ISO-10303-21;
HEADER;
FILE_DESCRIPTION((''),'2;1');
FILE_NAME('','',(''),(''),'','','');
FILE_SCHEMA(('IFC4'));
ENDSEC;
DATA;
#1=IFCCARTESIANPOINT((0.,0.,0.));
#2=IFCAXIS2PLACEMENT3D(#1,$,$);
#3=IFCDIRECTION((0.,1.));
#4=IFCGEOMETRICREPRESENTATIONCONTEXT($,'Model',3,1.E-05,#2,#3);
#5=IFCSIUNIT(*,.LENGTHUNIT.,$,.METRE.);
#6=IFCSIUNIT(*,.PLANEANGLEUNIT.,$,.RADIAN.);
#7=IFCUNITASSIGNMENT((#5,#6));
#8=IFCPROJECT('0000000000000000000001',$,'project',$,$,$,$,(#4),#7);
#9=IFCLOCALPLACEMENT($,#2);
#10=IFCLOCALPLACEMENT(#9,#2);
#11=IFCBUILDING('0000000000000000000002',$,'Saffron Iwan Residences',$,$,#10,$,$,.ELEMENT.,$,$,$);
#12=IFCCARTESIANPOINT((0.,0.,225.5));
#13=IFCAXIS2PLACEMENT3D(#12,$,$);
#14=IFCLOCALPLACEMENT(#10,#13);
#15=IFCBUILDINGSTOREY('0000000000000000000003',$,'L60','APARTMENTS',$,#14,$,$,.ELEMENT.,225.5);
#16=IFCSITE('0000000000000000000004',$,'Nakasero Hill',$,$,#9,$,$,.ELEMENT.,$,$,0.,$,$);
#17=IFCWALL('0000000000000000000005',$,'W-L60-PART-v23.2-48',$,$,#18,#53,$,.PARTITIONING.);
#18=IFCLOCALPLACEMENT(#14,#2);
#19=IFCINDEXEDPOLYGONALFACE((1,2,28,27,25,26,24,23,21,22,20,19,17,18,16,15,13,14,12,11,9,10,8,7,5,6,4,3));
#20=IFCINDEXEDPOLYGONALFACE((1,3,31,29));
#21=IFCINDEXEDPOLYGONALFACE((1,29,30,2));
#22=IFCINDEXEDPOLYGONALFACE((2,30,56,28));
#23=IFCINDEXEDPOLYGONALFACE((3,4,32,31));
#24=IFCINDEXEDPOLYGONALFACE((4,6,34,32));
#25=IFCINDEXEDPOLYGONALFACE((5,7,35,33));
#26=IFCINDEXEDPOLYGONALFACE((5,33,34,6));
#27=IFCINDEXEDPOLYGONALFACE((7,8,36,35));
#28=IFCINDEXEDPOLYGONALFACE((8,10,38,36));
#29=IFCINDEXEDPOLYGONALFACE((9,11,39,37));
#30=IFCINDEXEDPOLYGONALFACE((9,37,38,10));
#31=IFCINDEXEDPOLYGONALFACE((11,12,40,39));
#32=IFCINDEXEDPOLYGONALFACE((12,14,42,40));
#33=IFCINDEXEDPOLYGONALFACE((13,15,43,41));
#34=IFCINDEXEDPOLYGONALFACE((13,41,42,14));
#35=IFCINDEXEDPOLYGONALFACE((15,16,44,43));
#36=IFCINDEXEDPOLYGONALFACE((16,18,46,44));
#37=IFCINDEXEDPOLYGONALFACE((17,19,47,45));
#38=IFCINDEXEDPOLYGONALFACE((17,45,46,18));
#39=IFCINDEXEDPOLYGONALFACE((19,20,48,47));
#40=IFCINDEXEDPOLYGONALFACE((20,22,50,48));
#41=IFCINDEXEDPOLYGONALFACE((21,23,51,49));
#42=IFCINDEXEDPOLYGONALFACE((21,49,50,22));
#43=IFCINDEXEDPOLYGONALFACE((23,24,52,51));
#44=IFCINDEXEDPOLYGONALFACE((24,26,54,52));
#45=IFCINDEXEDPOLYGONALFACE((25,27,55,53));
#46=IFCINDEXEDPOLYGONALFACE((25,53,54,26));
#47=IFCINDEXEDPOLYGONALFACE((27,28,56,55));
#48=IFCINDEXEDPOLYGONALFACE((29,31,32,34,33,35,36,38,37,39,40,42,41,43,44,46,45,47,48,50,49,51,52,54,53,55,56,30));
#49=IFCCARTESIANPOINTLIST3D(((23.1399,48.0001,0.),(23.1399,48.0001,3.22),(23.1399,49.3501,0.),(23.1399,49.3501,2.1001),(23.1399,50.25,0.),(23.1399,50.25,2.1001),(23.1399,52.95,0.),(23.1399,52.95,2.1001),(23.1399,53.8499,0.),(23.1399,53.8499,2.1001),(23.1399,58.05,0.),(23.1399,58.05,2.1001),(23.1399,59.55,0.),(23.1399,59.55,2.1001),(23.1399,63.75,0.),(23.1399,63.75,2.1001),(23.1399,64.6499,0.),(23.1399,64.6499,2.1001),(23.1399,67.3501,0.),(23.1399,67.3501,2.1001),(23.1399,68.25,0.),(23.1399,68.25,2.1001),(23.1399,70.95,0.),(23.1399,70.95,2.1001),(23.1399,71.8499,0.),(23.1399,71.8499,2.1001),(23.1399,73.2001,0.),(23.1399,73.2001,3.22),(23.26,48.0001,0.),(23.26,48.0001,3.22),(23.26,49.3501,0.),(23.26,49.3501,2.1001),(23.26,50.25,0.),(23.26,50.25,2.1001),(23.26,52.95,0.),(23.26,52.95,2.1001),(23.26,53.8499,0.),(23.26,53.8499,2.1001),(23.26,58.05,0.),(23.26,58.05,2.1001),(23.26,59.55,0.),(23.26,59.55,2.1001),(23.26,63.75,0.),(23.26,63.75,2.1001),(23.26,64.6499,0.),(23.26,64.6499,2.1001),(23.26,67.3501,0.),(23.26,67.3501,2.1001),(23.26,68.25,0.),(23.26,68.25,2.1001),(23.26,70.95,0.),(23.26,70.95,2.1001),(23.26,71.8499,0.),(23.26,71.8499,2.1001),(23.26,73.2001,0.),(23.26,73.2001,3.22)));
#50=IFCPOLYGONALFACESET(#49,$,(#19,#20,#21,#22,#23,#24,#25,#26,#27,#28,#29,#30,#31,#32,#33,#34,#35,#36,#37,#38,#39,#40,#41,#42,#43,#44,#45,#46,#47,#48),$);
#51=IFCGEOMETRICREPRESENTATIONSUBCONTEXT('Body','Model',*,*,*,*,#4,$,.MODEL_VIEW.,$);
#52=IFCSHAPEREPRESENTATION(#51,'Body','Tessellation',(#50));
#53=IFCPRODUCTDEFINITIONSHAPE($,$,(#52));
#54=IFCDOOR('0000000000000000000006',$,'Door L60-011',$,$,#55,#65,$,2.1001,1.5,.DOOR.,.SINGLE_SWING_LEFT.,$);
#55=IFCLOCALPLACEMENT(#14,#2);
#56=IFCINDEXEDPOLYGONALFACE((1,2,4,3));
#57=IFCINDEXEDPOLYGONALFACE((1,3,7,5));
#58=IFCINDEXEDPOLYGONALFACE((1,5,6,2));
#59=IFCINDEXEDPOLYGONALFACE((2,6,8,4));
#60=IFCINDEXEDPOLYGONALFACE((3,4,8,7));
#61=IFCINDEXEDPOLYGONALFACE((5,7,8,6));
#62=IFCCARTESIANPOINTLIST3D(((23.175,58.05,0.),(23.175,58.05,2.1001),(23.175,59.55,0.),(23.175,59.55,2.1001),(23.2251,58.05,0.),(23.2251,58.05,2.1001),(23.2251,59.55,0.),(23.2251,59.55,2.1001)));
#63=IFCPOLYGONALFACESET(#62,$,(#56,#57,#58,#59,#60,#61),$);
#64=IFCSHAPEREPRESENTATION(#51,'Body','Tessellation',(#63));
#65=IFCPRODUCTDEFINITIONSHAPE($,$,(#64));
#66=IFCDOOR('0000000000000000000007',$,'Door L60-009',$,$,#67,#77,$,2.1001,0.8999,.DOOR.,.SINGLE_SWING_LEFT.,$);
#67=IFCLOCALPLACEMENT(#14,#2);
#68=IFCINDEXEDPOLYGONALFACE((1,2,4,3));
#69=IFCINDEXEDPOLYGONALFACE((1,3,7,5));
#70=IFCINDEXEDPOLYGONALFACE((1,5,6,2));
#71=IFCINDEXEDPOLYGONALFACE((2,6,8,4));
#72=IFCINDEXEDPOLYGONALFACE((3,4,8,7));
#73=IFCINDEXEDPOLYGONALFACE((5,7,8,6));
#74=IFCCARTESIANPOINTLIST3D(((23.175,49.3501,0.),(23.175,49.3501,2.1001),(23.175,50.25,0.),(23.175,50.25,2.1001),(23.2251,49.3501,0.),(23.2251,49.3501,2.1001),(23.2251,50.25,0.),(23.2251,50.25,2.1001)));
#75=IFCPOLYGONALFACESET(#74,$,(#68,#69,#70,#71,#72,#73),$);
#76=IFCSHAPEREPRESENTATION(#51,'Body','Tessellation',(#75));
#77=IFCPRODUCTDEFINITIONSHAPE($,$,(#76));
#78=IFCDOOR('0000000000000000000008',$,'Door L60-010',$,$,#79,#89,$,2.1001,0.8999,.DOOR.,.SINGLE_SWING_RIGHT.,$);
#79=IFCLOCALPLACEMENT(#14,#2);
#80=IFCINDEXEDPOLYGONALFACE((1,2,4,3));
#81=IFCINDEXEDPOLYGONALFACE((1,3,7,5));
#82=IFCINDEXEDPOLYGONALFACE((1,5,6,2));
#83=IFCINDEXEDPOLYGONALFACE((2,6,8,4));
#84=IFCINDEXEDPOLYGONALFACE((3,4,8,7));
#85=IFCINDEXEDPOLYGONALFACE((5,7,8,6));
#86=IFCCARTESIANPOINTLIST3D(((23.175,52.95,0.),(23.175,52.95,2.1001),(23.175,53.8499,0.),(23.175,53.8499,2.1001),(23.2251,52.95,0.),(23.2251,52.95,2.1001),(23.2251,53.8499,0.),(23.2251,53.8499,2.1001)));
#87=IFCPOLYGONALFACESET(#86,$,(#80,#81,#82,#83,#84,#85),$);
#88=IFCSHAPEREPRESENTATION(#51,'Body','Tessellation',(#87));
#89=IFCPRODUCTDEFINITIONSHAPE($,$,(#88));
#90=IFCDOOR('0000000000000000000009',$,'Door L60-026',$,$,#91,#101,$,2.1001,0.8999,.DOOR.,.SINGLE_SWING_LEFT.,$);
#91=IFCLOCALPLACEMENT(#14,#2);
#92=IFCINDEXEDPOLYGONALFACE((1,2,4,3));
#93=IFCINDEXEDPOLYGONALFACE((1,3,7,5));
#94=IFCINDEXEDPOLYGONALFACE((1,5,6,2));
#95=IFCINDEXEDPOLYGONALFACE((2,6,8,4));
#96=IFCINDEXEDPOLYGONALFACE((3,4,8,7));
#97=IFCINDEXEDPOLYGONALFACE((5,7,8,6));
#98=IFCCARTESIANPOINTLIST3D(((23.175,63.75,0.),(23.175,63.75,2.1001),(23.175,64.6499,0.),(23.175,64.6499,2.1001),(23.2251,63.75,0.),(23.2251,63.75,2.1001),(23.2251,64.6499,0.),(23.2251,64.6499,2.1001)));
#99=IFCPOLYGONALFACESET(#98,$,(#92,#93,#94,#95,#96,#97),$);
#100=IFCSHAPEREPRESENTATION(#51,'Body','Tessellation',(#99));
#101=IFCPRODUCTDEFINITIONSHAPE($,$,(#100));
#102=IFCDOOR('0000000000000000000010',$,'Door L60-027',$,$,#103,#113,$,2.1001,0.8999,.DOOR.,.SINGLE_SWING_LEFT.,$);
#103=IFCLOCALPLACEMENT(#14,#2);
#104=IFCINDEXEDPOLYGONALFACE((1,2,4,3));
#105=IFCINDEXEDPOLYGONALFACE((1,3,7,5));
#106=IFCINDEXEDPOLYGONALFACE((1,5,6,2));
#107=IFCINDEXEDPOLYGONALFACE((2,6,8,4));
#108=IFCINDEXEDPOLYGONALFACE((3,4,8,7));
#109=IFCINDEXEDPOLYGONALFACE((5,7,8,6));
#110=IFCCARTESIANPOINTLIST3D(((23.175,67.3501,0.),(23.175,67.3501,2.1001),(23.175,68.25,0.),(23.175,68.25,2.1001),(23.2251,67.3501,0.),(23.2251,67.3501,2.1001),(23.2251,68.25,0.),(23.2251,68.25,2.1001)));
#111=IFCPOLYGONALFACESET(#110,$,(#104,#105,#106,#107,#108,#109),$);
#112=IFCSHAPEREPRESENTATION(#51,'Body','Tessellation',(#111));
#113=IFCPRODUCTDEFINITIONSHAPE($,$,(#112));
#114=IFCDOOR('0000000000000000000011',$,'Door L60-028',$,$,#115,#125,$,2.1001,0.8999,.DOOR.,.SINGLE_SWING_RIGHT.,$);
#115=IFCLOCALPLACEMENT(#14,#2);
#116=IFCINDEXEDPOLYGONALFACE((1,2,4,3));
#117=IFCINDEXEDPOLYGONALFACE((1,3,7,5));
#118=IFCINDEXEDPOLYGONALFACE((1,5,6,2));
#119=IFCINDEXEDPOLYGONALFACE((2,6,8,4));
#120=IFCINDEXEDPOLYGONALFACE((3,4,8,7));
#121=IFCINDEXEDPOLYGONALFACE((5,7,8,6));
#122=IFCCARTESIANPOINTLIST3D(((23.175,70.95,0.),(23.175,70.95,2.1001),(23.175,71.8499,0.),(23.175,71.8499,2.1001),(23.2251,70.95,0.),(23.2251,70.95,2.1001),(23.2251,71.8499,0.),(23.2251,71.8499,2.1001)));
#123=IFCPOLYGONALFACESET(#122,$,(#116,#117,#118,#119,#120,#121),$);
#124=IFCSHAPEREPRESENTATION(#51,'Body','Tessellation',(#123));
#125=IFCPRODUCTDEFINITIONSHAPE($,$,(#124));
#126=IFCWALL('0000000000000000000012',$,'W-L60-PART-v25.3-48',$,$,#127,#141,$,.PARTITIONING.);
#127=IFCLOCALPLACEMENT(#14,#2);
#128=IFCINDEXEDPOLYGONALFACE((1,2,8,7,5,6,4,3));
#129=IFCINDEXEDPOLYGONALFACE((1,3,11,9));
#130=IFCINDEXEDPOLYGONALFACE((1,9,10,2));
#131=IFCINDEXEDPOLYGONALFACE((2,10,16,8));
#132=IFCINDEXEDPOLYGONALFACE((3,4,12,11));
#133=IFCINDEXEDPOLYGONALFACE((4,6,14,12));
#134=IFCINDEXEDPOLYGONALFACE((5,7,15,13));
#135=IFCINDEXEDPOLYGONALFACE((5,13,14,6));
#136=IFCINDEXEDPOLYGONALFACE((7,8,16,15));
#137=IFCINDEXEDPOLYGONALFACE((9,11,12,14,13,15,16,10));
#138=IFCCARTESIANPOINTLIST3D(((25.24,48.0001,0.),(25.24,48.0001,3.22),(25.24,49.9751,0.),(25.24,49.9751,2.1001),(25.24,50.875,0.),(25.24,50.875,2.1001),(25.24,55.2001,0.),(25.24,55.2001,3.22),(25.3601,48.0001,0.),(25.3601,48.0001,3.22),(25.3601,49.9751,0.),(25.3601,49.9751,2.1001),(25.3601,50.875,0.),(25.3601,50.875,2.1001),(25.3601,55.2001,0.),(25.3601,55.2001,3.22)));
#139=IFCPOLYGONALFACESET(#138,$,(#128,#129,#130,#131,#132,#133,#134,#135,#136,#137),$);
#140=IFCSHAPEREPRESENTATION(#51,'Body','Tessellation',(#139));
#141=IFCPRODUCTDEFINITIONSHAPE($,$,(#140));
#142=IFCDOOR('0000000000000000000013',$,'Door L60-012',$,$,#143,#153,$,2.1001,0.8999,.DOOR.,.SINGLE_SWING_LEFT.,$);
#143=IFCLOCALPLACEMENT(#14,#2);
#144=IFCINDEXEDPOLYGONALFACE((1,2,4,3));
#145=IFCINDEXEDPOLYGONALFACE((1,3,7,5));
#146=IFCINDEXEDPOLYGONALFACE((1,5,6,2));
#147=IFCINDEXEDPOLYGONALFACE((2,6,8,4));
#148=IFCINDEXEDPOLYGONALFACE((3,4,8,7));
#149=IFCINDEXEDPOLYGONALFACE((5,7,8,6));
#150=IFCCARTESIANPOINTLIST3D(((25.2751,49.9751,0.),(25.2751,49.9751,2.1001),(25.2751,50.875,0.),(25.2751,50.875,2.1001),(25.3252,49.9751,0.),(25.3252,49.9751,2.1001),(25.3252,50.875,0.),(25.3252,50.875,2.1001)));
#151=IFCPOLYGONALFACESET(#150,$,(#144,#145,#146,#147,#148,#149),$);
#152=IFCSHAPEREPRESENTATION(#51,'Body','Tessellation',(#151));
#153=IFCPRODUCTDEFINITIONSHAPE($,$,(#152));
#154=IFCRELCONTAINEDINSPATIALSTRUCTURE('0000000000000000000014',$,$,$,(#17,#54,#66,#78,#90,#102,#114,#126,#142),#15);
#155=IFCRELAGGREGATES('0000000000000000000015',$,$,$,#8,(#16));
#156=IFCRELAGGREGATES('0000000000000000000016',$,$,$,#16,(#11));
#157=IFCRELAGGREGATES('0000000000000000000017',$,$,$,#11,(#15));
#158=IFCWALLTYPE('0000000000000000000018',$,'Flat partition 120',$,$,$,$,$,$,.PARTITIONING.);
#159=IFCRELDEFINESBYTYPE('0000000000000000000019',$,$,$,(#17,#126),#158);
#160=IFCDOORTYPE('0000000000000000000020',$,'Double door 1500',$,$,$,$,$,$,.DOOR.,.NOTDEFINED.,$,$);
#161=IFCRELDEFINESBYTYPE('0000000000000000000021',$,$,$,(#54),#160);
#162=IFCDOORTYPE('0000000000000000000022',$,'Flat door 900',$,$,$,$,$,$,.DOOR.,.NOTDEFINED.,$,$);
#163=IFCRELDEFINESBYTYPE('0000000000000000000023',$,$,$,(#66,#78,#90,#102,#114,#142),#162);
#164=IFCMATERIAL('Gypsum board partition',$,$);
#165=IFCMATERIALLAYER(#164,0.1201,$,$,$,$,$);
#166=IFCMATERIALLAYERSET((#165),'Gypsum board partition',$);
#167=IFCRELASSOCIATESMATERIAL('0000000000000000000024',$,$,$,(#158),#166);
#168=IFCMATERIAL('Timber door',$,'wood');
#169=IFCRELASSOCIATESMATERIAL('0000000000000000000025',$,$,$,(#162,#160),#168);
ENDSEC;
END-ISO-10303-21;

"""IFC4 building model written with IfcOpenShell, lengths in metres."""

from ifc_helpers import new_model, si_unit, direction, frame, frame_2d, origin, place, context, subcontext, project, spatial, rectangle, extrude, material, layer, layer_set, type_object, element, fill, save


model = new_model("IFC4")

# Units and contexts
model_context = context("Model", 3, precision=1e-05, world=origin(), true_north=direction((0.0, 1.0)))
body_context = subcontext(model_context, "Body", "Model", "MODEL_VIEW")
ifc_project = project(units=[si_unit("LENGTHUNIT", "METRE"), si_unit("PLANEANGLEUNIT", "RADIAN")], contexts=[model_context])

# Site, building, storey
site_placement = place(None, origin())
site = spatial("IfcSite", under=ifc_project, at=site_placement, Name="Nakasero Hill", CompositionType="ELEMENT", RefElevation=0.0)
building_placement = place(site_placement, origin())
building = spatial("IfcBuilding", under=site, at=building_placement, Name="Saffron Iwan Residences", CompositionType="ELEMENT")
storey_placement = place(building_placement, frame((0.0, 0.0, 225.5)))
storey = spatial("IfcBuildingStorey", under=building, at=storey_placement, Name="L60", Description="APARTMENTS", CompositionType="ELEMENT", Elevation=225.5)

# Shared definitions
ifc_material_1 = material(Name="Gypsum board partition")
ifc_layer_1 = layer(ifc_material_1, 0.1201)
ifc_layer_set_1 = layer_set([ifc_layer_1], Name="Gypsum board partition")
wall_type_1 = type_object("IfcWallType", Name="Flat partition 120", PredefinedType="PARTITIONING", material=ifc_layer_set_1)
ifc_material_2 = material(Name="Timber door", Category="wood")
door_type_1 = type_object("IfcDoorType", Name="Flat door 900", OperationType="NOTDEFINED", PredefinedType="DOOR", material=ifc_material_2)

# Wall, openings, doors
wall_1_placement = place(storey_placement, frame((23.2, 48.0, 0.0), z_axis=(0.0, 0.0, 1.0), x_axis=(0.0, 1.0, 0.0)))
wall_1 = element("IfcWall", 1, at=wall_1_placement, inside=storey, type_object=wall_type_1, Name="W-L60-PART-v23.2-48", PredefinedType="PARTITIONING", context=body_context, shape_type="SweptSolid", body=[
    extrude(rectangle(XDim=25.2, YDim=0.1201, at=frame_2d((12.6001, 0.0))), origin(), (0.0, 0.0, 1.0), 3.22),
])
opening_1_placement = place(wall_1_placement, frame((1.3501, 0.0, 0.0)))
opening_1 = element("IfcOpeningElement", 2, at=opening_1_placement, cuts=wall_1, PredefinedType="OPENING", context=body_context, shape_type="SweptSolid", body=[
    extrude(rectangle(XDim=0.8999, YDim=2.1001, at=frame_2d((0.45, 1.05))), frame((0.0, 0.0701, 0.0), z_axis=(0.0, -1.0, 0.0), x_axis=(1.0, 0.0, 0.0)), (0.0, 0.0, 1.0), 0.1401),
])
opening_2_placement = place(wall_1_placement, frame((4.95, 0.0, 0.0)))
opening_2 = element("IfcOpeningElement", 3, at=opening_2_placement, cuts=wall_1, PredefinedType="OPENING", context=body_context, shape_type="SweptSolid", body=[
    extrude(rectangle(XDim=0.8999, YDim=2.1001, at=frame_2d((0.45, 1.05))), frame((0.0, 0.0701, 0.0), z_axis=(0.0, -1.0, 0.0), x_axis=(1.0, 0.0, 0.0)), (0.0, 0.0, 1.0), 0.1401),
])
opening_3_placement = place(wall_1_placement, frame((10.05, 0.0, 0.0)))
opening_3 = element("IfcOpeningElement", 4, at=opening_3_placement, cuts=wall_1, PredefinedType="OPENING", context=body_context, shape_type="SweptSolid", body=[
    extrude(rectangle(XDim=1.5, YDim=2.1001, at=frame_2d((0.75, 1.05))), frame((0.0, 0.0701, 0.0), z_axis=(0.0, -1.0, 0.0), x_axis=(1.0, 0.0, 0.0)), (0.0, 0.0, 1.0), 0.1401),
])
opening_4_placement = place(wall_1_placement, frame((15.75, 0.0, 0.0)))
opening_4 = element("IfcOpeningElement", 5, at=opening_4_placement, cuts=wall_1, PredefinedType="OPENING", context=body_context, shape_type="SweptSolid", body=[
    extrude(rectangle(XDim=0.8999, YDim=2.1001, at=frame_2d((0.45, 1.05))), frame((0.0, 0.0701, 0.0), z_axis=(0.0, -1.0, 0.0), x_axis=(1.0, 0.0, 0.0)), (0.0, 0.0, 1.0), 0.1401),
])
opening_5_placement = place(wall_1_placement, frame((19.3501, 0.0, 0.0)))
opening_5 = element("IfcOpeningElement", 6, at=opening_5_placement, cuts=wall_1, PredefinedType="OPENING", context=body_context, shape_type="SweptSolid", body=[
    extrude(rectangle(XDim=0.8999, YDim=2.1001, at=frame_2d((0.45, 1.05))), frame((0.0, 0.0701, 0.0), z_axis=(0.0, -1.0, 0.0), x_axis=(1.0, 0.0, 0.0)), (0.0, 0.0, 1.0), 0.1401),
])
opening_6_placement = place(wall_1_placement, frame((22.95, 0.0, 0.0)))
opening_6 = element("IfcOpeningElement", 7, at=opening_6_placement, cuts=wall_1, PredefinedType="OPENING", context=body_context, shape_type="SweptSolid", body=[
    extrude(rectangle(XDim=0.8999, YDim=2.1001, at=frame_2d((0.45, 1.05))), frame((0.0, 0.0701, 0.0), z_axis=(0.0, -1.0, 0.0), x_axis=(1.0, 0.0, 0.0)), (0.0, 0.0, 1.0), 0.1401),
])
door_type_2 = type_object("IfcDoorType", Name="Double door 1500", OperationType="NOTDEFINED", PredefinedType="DOOR", material=ifc_material_2)
door_1_placement = place(opening_3_placement, origin())
door_1 = element("IfcDoor", 8, at=door_1_placement, inside=storey, type_object=door_type_2, Name="Door L60-011", OperationType="SINGLE_SWING_LEFT", OverallHeight=2.1001, OverallWidth=1.5, PredefinedType="DOOR", context=body_context, shape_type="SweptSolid", body=[
    extrude(rectangle(XDim=1.5, YDim=2.1001, at=frame_2d((0.75, 1.05))), frame((0.0, 0.0249, 0.0), z_axis=(0.0, -1.0, 0.0), x_axis=(1.0, 0.0, 0.0)), (0.0, 0.0, 1.0), 0.05),
])
fill(opening_3, door_1)
door_2_placement = place(opening_1_placement, origin())
door_2 = element("IfcDoor", 9, at=door_2_placement, inside=storey, type_object=door_type_1, Name="Door L60-009", OperationType="SINGLE_SWING_LEFT", OverallHeight=2.1001, OverallWidth=0.8999, PredefinedType="DOOR", context=body_context, shape_type="SweptSolid", body=[
    extrude(rectangle(XDim=0.8999, YDim=2.1001, at=frame_2d((0.45, 1.05))), frame((0.0, 0.0249, 0.0), z_axis=(0.0, -1.0, 0.0), x_axis=(1.0, 0.0, 0.0)), (0.0, 0.0, 1.0), 0.05),
])
fill(opening_1, door_2)
door_3_placement = place(opening_2_placement, origin())
door_3 = element("IfcDoor", 10, at=door_3_placement, inside=storey, type_object=door_type_1, Name="Door L60-010", OperationType="SINGLE_SWING_RIGHT", OverallHeight=2.1001, OverallWidth=0.8999, PredefinedType="DOOR", context=body_context, shape_type="SweptSolid", body=[
    extrude(rectangle(XDim=0.8999, YDim=2.1001, at=frame_2d((0.45, 1.05))), frame((0.0, 0.0249, 0.0), z_axis=(0.0, -1.0, 0.0), x_axis=(1.0, 0.0, 0.0)), (0.0, 0.0, 1.0), 0.05),
])
fill(opening_2, door_3)
door_4_placement = place(opening_4_placement, origin())
door_4 = element("IfcDoor", 11, at=door_4_placement, inside=storey, type_object=door_type_1, Name="Door L60-026", OperationType="SINGLE_SWING_LEFT", OverallHeight=2.1001, OverallWidth=0.8999, PredefinedType="DOOR", context=body_context, shape_type="SweptSolid", body=[
    extrude(rectangle(XDim=0.8999, YDim=2.1001, at=frame_2d((0.45, 1.05))), frame((0.0, 0.0249, 0.0), z_axis=(0.0, -1.0, 0.0), x_axis=(1.0, 0.0, 0.0)), (0.0, 0.0, 1.0), 0.05),
])
fill(opening_4, door_4)
door_5_placement = place(opening_5_placement, origin())
door_5 = element("IfcDoor", 12, at=door_5_placement, inside=storey, type_object=door_type_1, Name="Door L60-027", OperationType="SINGLE_SWING_LEFT", OverallHeight=2.1001, OverallWidth=0.8999, PredefinedType="DOOR", context=body_context, shape_type="SweptSolid", body=[
    extrude(rectangle(XDim=0.8999, YDim=2.1001, at=frame_2d((0.45, 1.05))), frame((0.0, 0.0249, 0.0), z_axis=(0.0, -1.0, 0.0), x_axis=(1.0, 0.0, 0.0)), (0.0, 0.0, 1.0), 0.05),
])
fill(opening_5, door_5)
door_6_placement = place(opening_6_placement, origin())
door_6 = element("IfcDoor", 13, at=door_6_placement, inside=storey, type_object=door_type_1, Name="Door L60-028", OperationType="SINGLE_SWING_RIGHT", OverallHeight=2.1001, OverallWidth=0.8999, PredefinedType="DOOR", context=body_context, shape_type="SweptSolid", body=[
    extrude(rectangle(XDim=0.8999, YDim=2.1001, at=frame_2d((0.45, 1.05))), frame((0.0, 0.0249, 0.0), z_axis=(0.0, -1.0, 0.0), x_axis=(1.0, 0.0, 0.0)), (0.0, 0.0, 1.0), 0.05),
])
fill(opening_6, door_6)

# Wall, opening, door
wall_2_placement = place(storey_placement, frame((25.3, 48.0, 0.0), z_axis=(0.0, 0.0, 1.0), x_axis=(0.0, 1.0, 0.0)))
wall_2 = element("IfcWall", 14, at=wall_2_placement, inside=storey, type_object=wall_type_1, Name="W-L60-PART-v25.3-48", PredefinedType="PARTITIONING", context=body_context, shape_type="SweptSolid", body=[
    extrude(rectangle(XDim=7.2, YDim=0.1201, at=frame_2d((3.6001, 0.0))), origin(), (0.0, 0.0, 1.0), 3.22),
])
opening_7_placement = place(wall_2_placement, frame((1.9751, 0.0, 0.0)))
opening_7 = element("IfcOpeningElement", 15, at=opening_7_placement, cuts=wall_2, PredefinedType="OPENING", context=body_context, shape_type="SweptSolid", body=[
    extrude(rectangle(XDim=0.8999, YDim=2.1001, at=frame_2d((0.45, 1.05))), frame((0.0, 0.0701, 0.0), z_axis=(0.0, -1.0, 0.0), x_axis=(1.0, 0.0, 0.0)), (0.0, 0.0, 1.0), 0.1401),
])
door_7_placement = place(opening_7_placement, origin())
door_7 = element("IfcDoor", 16, at=door_7_placement, inside=storey, type_object=door_type_1, Name="Door L60-012", OperationType="SINGLE_SWING_LEFT", OverallHeight=2.1001, OverallWidth=0.8999, PredefinedType="DOOR", context=body_context, shape_type="SweptSolid", body=[
    extrude(rectangle(XDim=0.8999, YDim=2.1001, at=frame_2d((0.45, 1.05))), frame((0.0, 0.0249, 0.0), z_axis=(0.0, -1.0, 0.0), x_axis=(1.0, 0.0, 0.0)), (0.0, 0.0, 1.0), 0.05),
])
fill(opening_7, door_7)

save(model, "model.ifc")
